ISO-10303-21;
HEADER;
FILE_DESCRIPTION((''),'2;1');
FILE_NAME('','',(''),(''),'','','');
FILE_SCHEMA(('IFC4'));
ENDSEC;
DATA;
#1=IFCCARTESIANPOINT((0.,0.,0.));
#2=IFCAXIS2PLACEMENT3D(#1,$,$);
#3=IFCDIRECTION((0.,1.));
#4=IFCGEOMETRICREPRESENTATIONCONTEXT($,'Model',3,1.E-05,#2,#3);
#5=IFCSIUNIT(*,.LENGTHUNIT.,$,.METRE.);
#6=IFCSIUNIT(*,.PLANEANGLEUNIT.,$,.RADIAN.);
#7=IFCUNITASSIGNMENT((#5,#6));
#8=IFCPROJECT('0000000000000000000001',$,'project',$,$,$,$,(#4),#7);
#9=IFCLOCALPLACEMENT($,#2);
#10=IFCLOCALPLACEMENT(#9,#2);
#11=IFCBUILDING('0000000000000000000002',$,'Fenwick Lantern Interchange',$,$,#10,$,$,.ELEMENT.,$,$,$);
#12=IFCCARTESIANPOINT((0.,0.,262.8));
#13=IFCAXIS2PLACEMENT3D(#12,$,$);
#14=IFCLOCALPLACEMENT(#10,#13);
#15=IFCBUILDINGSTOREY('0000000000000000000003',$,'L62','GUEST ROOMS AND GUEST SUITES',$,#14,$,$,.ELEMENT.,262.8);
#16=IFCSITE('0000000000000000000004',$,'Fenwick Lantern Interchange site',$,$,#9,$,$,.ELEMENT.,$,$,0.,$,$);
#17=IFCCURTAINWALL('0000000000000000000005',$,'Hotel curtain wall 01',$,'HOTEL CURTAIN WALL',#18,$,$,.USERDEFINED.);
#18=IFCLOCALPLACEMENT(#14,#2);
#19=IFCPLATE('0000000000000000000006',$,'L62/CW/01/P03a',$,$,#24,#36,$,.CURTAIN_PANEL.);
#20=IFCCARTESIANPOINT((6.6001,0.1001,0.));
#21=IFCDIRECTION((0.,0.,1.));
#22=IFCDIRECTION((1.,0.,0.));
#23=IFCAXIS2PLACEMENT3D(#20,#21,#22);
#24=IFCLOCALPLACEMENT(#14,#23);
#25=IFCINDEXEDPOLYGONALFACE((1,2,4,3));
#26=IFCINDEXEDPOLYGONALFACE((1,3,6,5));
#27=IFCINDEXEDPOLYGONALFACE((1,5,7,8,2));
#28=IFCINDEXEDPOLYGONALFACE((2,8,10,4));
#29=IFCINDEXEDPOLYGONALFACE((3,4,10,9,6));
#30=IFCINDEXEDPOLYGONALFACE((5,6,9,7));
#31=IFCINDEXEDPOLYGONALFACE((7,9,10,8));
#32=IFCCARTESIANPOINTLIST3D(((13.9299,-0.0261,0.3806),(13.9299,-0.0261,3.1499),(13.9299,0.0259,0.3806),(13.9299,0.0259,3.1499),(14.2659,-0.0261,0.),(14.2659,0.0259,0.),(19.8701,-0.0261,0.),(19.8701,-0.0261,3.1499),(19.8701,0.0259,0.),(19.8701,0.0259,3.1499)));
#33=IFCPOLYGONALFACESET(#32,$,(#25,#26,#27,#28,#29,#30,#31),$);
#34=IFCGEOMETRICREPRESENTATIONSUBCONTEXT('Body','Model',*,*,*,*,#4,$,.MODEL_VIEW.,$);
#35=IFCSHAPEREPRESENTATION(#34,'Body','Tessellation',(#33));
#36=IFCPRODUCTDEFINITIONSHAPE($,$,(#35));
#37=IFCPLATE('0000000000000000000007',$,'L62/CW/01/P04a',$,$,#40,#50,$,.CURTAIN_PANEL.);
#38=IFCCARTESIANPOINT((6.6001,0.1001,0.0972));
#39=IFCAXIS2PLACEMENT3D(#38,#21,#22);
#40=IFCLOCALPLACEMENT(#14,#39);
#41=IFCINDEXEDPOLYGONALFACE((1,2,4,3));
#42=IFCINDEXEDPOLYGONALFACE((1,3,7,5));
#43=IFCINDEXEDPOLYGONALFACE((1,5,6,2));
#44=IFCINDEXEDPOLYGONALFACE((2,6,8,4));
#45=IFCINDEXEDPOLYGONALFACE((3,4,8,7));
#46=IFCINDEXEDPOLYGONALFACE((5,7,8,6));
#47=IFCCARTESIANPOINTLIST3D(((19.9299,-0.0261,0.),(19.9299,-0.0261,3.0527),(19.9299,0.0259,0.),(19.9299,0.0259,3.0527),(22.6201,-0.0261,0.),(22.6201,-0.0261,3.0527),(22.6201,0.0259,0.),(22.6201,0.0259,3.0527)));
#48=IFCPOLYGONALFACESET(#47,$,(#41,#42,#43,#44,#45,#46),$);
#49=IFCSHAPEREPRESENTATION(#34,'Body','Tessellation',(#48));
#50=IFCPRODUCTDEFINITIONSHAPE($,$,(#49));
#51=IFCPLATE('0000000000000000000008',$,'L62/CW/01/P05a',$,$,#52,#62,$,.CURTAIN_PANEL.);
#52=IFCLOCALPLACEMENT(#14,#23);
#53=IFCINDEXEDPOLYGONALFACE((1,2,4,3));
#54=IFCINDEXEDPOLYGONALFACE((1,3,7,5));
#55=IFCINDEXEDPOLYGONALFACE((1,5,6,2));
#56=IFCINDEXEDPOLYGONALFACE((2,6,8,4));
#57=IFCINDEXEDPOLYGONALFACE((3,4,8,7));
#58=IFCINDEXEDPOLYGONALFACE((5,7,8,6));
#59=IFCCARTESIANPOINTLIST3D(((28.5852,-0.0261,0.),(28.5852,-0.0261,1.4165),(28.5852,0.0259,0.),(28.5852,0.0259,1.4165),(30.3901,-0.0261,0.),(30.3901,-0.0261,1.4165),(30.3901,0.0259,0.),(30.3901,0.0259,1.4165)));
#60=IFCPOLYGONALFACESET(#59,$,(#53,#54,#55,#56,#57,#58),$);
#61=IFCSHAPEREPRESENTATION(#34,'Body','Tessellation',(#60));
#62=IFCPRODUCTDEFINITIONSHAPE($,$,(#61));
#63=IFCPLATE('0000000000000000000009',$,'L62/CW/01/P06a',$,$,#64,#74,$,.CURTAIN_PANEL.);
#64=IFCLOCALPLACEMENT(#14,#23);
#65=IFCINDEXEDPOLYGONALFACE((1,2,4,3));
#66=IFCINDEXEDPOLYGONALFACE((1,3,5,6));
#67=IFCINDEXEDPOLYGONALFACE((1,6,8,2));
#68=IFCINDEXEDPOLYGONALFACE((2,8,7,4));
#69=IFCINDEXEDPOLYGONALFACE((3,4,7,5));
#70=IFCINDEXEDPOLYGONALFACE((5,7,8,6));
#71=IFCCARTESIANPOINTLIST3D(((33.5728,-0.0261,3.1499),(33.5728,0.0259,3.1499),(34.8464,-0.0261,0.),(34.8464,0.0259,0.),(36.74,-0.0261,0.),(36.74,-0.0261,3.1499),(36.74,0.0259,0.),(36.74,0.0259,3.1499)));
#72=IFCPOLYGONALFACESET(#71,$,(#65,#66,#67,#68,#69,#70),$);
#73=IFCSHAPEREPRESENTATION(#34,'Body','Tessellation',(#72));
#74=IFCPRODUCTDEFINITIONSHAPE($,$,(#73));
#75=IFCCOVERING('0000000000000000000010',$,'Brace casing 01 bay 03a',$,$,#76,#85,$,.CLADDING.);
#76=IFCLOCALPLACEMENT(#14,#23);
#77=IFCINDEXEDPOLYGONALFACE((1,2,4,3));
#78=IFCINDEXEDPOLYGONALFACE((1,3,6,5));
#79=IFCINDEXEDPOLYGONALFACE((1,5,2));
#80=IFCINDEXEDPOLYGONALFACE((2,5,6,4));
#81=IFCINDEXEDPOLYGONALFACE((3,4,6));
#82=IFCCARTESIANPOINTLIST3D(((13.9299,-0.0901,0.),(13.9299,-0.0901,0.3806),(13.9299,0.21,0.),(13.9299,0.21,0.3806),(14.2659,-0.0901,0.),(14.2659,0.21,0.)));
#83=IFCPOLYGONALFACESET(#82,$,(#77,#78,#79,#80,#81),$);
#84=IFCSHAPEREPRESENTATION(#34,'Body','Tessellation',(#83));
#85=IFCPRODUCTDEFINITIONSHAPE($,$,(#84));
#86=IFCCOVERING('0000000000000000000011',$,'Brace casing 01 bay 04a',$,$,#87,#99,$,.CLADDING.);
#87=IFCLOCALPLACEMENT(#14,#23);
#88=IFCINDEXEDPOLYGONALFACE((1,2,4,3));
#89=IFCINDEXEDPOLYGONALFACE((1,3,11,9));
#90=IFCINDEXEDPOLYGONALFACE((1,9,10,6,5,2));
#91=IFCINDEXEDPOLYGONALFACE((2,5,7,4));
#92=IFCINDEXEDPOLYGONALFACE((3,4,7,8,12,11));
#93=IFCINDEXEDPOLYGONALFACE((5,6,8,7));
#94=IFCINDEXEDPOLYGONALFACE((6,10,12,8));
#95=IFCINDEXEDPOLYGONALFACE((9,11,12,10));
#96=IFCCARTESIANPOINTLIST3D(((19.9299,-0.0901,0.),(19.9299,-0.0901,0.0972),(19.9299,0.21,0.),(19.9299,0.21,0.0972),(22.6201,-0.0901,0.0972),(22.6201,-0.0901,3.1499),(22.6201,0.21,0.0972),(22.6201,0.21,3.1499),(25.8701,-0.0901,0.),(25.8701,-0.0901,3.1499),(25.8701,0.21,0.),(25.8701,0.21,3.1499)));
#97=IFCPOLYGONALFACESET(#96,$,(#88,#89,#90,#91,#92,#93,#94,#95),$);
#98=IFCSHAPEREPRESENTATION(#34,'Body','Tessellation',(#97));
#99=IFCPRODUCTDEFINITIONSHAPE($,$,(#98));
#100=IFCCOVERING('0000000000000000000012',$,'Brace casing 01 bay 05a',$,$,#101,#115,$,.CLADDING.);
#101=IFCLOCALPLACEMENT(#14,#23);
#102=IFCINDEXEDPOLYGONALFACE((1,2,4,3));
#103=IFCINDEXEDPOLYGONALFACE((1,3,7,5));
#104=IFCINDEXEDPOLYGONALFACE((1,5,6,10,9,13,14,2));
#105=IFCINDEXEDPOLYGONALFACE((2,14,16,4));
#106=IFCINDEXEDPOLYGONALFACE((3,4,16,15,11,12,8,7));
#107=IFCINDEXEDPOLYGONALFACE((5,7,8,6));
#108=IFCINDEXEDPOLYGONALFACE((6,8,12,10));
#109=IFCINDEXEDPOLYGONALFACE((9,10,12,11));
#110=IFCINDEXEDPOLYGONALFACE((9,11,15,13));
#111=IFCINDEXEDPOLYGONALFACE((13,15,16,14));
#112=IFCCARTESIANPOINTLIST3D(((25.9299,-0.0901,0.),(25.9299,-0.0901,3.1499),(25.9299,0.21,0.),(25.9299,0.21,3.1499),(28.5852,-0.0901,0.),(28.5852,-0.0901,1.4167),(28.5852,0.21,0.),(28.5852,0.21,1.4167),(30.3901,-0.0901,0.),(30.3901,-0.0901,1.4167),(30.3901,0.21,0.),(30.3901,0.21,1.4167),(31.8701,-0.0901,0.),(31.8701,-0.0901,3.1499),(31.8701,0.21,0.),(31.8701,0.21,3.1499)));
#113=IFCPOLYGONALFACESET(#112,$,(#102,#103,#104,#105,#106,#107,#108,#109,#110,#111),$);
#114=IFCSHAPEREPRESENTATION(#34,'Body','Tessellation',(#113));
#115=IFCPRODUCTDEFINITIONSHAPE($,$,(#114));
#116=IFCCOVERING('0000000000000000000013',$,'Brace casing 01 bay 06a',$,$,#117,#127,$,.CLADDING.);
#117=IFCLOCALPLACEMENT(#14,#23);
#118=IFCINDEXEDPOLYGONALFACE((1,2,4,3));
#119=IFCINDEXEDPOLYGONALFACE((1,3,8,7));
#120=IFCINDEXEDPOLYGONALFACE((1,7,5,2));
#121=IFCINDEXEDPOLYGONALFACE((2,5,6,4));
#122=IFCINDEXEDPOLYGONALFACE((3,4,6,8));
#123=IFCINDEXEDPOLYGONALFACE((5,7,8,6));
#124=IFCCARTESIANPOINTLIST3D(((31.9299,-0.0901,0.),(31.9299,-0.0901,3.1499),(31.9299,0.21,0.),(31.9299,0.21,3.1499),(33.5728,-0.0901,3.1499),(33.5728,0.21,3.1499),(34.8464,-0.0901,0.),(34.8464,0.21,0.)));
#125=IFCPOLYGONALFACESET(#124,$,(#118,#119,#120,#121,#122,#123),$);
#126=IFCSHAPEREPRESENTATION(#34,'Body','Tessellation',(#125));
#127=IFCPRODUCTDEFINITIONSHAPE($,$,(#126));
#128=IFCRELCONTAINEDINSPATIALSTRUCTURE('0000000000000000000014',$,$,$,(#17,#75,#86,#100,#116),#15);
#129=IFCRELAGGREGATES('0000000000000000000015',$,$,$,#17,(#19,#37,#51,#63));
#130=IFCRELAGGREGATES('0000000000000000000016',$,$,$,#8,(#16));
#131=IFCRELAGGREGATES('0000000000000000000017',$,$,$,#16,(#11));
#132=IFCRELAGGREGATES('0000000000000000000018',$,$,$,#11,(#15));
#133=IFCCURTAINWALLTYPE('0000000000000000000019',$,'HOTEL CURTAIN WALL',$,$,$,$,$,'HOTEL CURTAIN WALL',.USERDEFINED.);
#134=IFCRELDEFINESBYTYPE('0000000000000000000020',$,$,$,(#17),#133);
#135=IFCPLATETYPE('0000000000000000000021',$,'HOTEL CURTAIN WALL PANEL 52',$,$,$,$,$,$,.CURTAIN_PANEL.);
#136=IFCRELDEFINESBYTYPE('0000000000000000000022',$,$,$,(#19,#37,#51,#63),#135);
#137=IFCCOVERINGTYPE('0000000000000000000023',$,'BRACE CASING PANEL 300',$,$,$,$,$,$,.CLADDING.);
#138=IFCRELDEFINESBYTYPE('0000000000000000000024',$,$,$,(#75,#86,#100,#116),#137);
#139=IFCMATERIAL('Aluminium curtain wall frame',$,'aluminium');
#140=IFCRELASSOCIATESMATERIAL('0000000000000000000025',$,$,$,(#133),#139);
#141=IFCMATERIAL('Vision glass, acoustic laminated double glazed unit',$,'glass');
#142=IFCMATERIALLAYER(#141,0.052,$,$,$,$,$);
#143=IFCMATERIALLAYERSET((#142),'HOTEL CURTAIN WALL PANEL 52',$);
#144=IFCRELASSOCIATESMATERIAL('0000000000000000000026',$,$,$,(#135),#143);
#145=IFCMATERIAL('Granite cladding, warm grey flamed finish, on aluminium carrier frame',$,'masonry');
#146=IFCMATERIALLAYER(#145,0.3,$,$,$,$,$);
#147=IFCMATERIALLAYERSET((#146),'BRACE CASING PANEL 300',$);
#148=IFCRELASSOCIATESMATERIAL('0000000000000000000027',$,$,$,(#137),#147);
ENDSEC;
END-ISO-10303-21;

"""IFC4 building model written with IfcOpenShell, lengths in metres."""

from ifc_helpers import new_model, si_unit, direction, frame, origin, place, context, subcontext, project, spatial, polyline, outline, extrude, material, layer, layer_set, type_object, element, aggregate, save


model = new_model("IFC4")

# Units and contexts
model_context = context("Model", 3, precision=1e-05, world=origin(), true_north=direction((0.0, 1.0)))
body_context = subcontext(model_context, "Body", "Model", "MODEL_VIEW")
ifc_project = project(units=[si_unit("LENGTHUNIT", "METRE"), si_unit("PLANEANGLEUNIT", "RADIAN")], contexts=[model_context])

# Site, building, storey
site_placement = place(None, origin())
site = spatial("IfcSite", under=ifc_project, at=site_placement, Name="Fenwick Lantern Interchange site", CompositionType="ELEMENT", RefElevation=0.0)
building_placement = place(site_placement, origin())
building = spatial("IfcBuilding", under=site, at=building_placement, Name="Fenwick Lantern Interchange", CompositionType="ELEMENT")
storey_placement = place(building_placement, frame((0.0, 0.0, 262.8)))
storey = spatial("IfcBuildingStorey", under=building, at=storey_placement, Name="L62", Description="GUEST ROOMS AND GUEST SUITES", CompositionType="ELEMENT", Elevation=262.8)

# Curtain wall
ifc_material_1 = material(Name="Aluminium curtain wall frame", Category="aluminium")
curtain_wall_type = type_object("IfcCurtainWallType", Name="HOTEL CURTAIN WALL", ElementType="HOTEL CURTAIN WALL", PredefinedType="USERDEFINED", material=ifc_material_1)
curtain_wall_1_placement = place(storey_placement, origin())
curtain_wall_1 = element("IfcCurtainWall", 1, at=curtain_wall_1_placement, inside=storey, type_object=curtain_wall_type, Name="Hotel curtain wall 01", ObjectType="HOTEL CURTAIN WALL", PredefinedType="USERDEFINED")

# Plates
ifc_material_2 = material(Name="Vision glass, acoustic laminated double glazed unit", Category="glass")
ifc_layer_1 = layer(ifc_material_2, 0.052)
ifc_layer_set_1 = layer_set([ifc_layer_1], Name="HOTEL CURTAIN WALL PANEL 52")
plate_type = type_object("IfcPlateType", Name="HOTEL CURTAIN WALL PANEL 52", PredefinedType="CURTAIN_PANEL", material=ifc_layer_set_1)
plate_1_placement = place(storey_placement, frame((6.6001, 0.1001, 0.0), z_axis=(0.0, 0.0, 1.0), x_axis=(1.0, 0.0, 0.0)))
plate_1 = element("IfcPlate", 2, at=plate_1_placement, type_object=plate_type, Name="L62/CW/01/P03a", PredefinedType="CURTAIN_PANEL", context=body_context, shape_type="SweptSolid", body=[
    extrude(outline(polyline([(14.2659, 0.0), (19.8701, 0.0), (19.8701, 3.1499), (13.9299, 3.1499), (13.9299, 0.3806), (14.2659, 0.0)])), frame((0.0, 0.0259, 0.0), z_axis=(0.0, -1.0, 0.0), x_axis=(1.0, 0.0, 0.0)), (0.0, 0.0, 1.0), 0.052),
])
plate_2_placement = place(storey_placement, frame((6.6001, 0.1001, 0.0972), z_axis=(0.0, 0.0, 1.0), x_axis=(1.0, 0.0, 0.0)))
plate_2 = element("IfcPlate", 3, at=plate_2_placement, type_object=plate_type, Name="L62/CW/01/P04a", PredefinedType="CURTAIN_PANEL", context=body_context, shape_type="SweptSolid", body=[
    extrude(outline(polyline([(19.9299, 0.0), (22.6201, 0.0), (22.6201, 3.0527), (19.9299, 3.0527), (19.9299, 0.0)])), frame((0.0, 0.0259, 0.0), z_axis=(0.0, -1.0, 0.0), x_axis=(1.0, 0.0, 0.0)), (0.0, 0.0, 1.0), 0.052),
])
plate_3_placement = place(storey_placement, frame((6.6001, 0.1001, 0.0), z_axis=(0.0, 0.0, 1.0), x_axis=(1.0, 0.0, 0.0)))
plate_3 = element("IfcPlate", 4, at=plate_3_placement, type_object=plate_type, Name="L62/CW/01/P05a", PredefinedType="CURTAIN_PANEL", context=body_context, shape_type="SweptSolid", body=[
    extrude(outline(polyline([(28.5852, 0.0), (30.3901, 0.0), (30.3901, 1.4165), (28.5852, 1.4165), (28.5852, 0.0)])), frame((0.0, 0.0259, 0.0), z_axis=(0.0, -1.0, 0.0), x_axis=(1.0, 0.0, 0.0)), (0.0, 0.0, 1.0), 0.052),
])
plate_4_placement = place(storey_placement, frame((6.6001, 0.1001, 0.0), z_axis=(0.0, 0.0, 1.0), x_axis=(1.0, 0.0, 0.0)))
plate_4 = element("IfcPlate", 5, at=plate_4_placement, type_object=plate_type, Name="L62/CW/01/P06a", PredefinedType="CURTAIN_PANEL", context=body_context, shape_type="SweptSolid", body=[
    extrude(outline(polyline([(34.8464, 0.0), (36.74, 0.0), (36.74, 3.1499), (33.5728, 3.1499), (34.8464, 0.0)])), frame((0.0, 0.0259, 0.0), z_axis=(0.0, -1.0, 0.0), x_axis=(1.0, 0.0, 0.0)), (0.0, 0.0, 1.0), 0.052),
])
aggregate(curtain_wall_1, [plate_1, plate_2, plate_3, plate_4])

# Coverings
ifc_material_3 = material(Name="Granite cladding, warm grey flamed finish, on aluminium carrier frame", Category="masonry")
ifc_layer_2 = layer(ifc_material_3, 0.3)
ifc_layer_set_2 = layer_set([ifc_layer_2], Name="BRACE CASING PANEL 300")
covering_type = type_object("IfcCoveringType", Name="BRACE CASING PANEL 300", PredefinedType="CLADDING", material=ifc_layer_set_2)
covering_1_placement = place(storey_placement, frame((6.6001, 0.1001, 0.0), z_axis=(0.0, 0.0, 1.0), x_axis=(1.0, 0.0, 0.0)))
element("IfcCovering", 6, at=covering_1_placement, inside=storey, type_object=covering_type, Name="Brace casing 01 bay 03a", PredefinedType="CLADDING", context=body_context, shape_type="SweptSolid", body=[
    extrude(outline(polyline([(13.9299, 0.0), (14.2659, 0.0), (13.9299, 0.3806), (13.9299, 0.0)])), frame((0.0, 0.21, 0.0), z_axis=(0.0, -1.0, 0.0), x_axis=(1.0, 0.0, 0.0)), (0.0, 0.0, 1.0), 0.3),
])
covering_2_placement = place(storey_placement, frame((6.6001, 0.1001, 0.0), z_axis=(0.0, 0.0, 1.0), x_axis=(1.0, 0.0, 0.0)))
element("IfcCovering", 7, at=covering_2_placement, inside=storey, type_object=covering_type, Name="Brace casing 01 bay 04a", PredefinedType="CLADDING", context=body_context, shape_type="SweptSolid", body=[
    extrude(outline(polyline([(19.9299, 0.0), (25.8701, 0.0), (25.8701, 3.1499), (22.6201, 3.1499), (22.6201, 0.0972), (19.9299, 0.0972), (19.9299, 0.0)])), frame((0.0, 0.21, 0.0), z_axis=(0.0, -1.0, 0.0), x_axis=(1.0, 0.0, 0.0)), (0.0, 0.0, 1.0), 0.3),
])
covering_3_placement = place(storey_placement, frame((6.6001, 0.1001, 0.0), z_axis=(0.0, 0.0, 1.0), x_axis=(1.0, 0.0, 0.0)))
element("IfcCovering", 8, at=covering_3_placement, inside=storey, type_object=covering_type, Name="Brace casing 01 bay 05a", PredefinedType="CLADDING", context=body_context, shape_type="SweptSolid", body=[
    extrude(outline(polyline([(25.9299, 0.0), (28.5852, 0.0), (28.5852, 1.4167), (30.3901, 1.4167), (30.3901, 0.0), (31.8701, 0.0), (31.8701, 3.1499), (25.9299, 3.1499), (25.9299, 0.0)])), frame((0.0, 0.21, 0.0), z_axis=(0.0, -1.0, 0.0), x_axis=(1.0, 0.0, 0.0)), (0.0, 0.0, 1.0), 0.3),
])
covering_4_placement = place(storey_placement, frame((6.6001, 0.1001, 0.0), z_axis=(0.0, 0.0, 1.0), x_axis=(1.0, 0.0, 0.0)))
element("IfcCovering", 9, at=covering_4_placement, inside=storey, type_object=covering_type, Name="Brace casing 01 bay 06a", PredefinedType="CLADDING", context=body_context, shape_type="SweptSolid", body=[
    extrude(outline(polyline([(31.9299, 0.0), (34.8464, 0.0), (33.5728, 3.1499), (31.9299, 3.1499), (31.9299, 0.0)])), frame((0.0, 0.21, 0.0), z_axis=(0.0, -1.0, 0.0), x_axis=(1.0, 0.0, 0.0)), (0.0, 0.0, 1.0), 0.3),
])

save(model, "model.ifc")
